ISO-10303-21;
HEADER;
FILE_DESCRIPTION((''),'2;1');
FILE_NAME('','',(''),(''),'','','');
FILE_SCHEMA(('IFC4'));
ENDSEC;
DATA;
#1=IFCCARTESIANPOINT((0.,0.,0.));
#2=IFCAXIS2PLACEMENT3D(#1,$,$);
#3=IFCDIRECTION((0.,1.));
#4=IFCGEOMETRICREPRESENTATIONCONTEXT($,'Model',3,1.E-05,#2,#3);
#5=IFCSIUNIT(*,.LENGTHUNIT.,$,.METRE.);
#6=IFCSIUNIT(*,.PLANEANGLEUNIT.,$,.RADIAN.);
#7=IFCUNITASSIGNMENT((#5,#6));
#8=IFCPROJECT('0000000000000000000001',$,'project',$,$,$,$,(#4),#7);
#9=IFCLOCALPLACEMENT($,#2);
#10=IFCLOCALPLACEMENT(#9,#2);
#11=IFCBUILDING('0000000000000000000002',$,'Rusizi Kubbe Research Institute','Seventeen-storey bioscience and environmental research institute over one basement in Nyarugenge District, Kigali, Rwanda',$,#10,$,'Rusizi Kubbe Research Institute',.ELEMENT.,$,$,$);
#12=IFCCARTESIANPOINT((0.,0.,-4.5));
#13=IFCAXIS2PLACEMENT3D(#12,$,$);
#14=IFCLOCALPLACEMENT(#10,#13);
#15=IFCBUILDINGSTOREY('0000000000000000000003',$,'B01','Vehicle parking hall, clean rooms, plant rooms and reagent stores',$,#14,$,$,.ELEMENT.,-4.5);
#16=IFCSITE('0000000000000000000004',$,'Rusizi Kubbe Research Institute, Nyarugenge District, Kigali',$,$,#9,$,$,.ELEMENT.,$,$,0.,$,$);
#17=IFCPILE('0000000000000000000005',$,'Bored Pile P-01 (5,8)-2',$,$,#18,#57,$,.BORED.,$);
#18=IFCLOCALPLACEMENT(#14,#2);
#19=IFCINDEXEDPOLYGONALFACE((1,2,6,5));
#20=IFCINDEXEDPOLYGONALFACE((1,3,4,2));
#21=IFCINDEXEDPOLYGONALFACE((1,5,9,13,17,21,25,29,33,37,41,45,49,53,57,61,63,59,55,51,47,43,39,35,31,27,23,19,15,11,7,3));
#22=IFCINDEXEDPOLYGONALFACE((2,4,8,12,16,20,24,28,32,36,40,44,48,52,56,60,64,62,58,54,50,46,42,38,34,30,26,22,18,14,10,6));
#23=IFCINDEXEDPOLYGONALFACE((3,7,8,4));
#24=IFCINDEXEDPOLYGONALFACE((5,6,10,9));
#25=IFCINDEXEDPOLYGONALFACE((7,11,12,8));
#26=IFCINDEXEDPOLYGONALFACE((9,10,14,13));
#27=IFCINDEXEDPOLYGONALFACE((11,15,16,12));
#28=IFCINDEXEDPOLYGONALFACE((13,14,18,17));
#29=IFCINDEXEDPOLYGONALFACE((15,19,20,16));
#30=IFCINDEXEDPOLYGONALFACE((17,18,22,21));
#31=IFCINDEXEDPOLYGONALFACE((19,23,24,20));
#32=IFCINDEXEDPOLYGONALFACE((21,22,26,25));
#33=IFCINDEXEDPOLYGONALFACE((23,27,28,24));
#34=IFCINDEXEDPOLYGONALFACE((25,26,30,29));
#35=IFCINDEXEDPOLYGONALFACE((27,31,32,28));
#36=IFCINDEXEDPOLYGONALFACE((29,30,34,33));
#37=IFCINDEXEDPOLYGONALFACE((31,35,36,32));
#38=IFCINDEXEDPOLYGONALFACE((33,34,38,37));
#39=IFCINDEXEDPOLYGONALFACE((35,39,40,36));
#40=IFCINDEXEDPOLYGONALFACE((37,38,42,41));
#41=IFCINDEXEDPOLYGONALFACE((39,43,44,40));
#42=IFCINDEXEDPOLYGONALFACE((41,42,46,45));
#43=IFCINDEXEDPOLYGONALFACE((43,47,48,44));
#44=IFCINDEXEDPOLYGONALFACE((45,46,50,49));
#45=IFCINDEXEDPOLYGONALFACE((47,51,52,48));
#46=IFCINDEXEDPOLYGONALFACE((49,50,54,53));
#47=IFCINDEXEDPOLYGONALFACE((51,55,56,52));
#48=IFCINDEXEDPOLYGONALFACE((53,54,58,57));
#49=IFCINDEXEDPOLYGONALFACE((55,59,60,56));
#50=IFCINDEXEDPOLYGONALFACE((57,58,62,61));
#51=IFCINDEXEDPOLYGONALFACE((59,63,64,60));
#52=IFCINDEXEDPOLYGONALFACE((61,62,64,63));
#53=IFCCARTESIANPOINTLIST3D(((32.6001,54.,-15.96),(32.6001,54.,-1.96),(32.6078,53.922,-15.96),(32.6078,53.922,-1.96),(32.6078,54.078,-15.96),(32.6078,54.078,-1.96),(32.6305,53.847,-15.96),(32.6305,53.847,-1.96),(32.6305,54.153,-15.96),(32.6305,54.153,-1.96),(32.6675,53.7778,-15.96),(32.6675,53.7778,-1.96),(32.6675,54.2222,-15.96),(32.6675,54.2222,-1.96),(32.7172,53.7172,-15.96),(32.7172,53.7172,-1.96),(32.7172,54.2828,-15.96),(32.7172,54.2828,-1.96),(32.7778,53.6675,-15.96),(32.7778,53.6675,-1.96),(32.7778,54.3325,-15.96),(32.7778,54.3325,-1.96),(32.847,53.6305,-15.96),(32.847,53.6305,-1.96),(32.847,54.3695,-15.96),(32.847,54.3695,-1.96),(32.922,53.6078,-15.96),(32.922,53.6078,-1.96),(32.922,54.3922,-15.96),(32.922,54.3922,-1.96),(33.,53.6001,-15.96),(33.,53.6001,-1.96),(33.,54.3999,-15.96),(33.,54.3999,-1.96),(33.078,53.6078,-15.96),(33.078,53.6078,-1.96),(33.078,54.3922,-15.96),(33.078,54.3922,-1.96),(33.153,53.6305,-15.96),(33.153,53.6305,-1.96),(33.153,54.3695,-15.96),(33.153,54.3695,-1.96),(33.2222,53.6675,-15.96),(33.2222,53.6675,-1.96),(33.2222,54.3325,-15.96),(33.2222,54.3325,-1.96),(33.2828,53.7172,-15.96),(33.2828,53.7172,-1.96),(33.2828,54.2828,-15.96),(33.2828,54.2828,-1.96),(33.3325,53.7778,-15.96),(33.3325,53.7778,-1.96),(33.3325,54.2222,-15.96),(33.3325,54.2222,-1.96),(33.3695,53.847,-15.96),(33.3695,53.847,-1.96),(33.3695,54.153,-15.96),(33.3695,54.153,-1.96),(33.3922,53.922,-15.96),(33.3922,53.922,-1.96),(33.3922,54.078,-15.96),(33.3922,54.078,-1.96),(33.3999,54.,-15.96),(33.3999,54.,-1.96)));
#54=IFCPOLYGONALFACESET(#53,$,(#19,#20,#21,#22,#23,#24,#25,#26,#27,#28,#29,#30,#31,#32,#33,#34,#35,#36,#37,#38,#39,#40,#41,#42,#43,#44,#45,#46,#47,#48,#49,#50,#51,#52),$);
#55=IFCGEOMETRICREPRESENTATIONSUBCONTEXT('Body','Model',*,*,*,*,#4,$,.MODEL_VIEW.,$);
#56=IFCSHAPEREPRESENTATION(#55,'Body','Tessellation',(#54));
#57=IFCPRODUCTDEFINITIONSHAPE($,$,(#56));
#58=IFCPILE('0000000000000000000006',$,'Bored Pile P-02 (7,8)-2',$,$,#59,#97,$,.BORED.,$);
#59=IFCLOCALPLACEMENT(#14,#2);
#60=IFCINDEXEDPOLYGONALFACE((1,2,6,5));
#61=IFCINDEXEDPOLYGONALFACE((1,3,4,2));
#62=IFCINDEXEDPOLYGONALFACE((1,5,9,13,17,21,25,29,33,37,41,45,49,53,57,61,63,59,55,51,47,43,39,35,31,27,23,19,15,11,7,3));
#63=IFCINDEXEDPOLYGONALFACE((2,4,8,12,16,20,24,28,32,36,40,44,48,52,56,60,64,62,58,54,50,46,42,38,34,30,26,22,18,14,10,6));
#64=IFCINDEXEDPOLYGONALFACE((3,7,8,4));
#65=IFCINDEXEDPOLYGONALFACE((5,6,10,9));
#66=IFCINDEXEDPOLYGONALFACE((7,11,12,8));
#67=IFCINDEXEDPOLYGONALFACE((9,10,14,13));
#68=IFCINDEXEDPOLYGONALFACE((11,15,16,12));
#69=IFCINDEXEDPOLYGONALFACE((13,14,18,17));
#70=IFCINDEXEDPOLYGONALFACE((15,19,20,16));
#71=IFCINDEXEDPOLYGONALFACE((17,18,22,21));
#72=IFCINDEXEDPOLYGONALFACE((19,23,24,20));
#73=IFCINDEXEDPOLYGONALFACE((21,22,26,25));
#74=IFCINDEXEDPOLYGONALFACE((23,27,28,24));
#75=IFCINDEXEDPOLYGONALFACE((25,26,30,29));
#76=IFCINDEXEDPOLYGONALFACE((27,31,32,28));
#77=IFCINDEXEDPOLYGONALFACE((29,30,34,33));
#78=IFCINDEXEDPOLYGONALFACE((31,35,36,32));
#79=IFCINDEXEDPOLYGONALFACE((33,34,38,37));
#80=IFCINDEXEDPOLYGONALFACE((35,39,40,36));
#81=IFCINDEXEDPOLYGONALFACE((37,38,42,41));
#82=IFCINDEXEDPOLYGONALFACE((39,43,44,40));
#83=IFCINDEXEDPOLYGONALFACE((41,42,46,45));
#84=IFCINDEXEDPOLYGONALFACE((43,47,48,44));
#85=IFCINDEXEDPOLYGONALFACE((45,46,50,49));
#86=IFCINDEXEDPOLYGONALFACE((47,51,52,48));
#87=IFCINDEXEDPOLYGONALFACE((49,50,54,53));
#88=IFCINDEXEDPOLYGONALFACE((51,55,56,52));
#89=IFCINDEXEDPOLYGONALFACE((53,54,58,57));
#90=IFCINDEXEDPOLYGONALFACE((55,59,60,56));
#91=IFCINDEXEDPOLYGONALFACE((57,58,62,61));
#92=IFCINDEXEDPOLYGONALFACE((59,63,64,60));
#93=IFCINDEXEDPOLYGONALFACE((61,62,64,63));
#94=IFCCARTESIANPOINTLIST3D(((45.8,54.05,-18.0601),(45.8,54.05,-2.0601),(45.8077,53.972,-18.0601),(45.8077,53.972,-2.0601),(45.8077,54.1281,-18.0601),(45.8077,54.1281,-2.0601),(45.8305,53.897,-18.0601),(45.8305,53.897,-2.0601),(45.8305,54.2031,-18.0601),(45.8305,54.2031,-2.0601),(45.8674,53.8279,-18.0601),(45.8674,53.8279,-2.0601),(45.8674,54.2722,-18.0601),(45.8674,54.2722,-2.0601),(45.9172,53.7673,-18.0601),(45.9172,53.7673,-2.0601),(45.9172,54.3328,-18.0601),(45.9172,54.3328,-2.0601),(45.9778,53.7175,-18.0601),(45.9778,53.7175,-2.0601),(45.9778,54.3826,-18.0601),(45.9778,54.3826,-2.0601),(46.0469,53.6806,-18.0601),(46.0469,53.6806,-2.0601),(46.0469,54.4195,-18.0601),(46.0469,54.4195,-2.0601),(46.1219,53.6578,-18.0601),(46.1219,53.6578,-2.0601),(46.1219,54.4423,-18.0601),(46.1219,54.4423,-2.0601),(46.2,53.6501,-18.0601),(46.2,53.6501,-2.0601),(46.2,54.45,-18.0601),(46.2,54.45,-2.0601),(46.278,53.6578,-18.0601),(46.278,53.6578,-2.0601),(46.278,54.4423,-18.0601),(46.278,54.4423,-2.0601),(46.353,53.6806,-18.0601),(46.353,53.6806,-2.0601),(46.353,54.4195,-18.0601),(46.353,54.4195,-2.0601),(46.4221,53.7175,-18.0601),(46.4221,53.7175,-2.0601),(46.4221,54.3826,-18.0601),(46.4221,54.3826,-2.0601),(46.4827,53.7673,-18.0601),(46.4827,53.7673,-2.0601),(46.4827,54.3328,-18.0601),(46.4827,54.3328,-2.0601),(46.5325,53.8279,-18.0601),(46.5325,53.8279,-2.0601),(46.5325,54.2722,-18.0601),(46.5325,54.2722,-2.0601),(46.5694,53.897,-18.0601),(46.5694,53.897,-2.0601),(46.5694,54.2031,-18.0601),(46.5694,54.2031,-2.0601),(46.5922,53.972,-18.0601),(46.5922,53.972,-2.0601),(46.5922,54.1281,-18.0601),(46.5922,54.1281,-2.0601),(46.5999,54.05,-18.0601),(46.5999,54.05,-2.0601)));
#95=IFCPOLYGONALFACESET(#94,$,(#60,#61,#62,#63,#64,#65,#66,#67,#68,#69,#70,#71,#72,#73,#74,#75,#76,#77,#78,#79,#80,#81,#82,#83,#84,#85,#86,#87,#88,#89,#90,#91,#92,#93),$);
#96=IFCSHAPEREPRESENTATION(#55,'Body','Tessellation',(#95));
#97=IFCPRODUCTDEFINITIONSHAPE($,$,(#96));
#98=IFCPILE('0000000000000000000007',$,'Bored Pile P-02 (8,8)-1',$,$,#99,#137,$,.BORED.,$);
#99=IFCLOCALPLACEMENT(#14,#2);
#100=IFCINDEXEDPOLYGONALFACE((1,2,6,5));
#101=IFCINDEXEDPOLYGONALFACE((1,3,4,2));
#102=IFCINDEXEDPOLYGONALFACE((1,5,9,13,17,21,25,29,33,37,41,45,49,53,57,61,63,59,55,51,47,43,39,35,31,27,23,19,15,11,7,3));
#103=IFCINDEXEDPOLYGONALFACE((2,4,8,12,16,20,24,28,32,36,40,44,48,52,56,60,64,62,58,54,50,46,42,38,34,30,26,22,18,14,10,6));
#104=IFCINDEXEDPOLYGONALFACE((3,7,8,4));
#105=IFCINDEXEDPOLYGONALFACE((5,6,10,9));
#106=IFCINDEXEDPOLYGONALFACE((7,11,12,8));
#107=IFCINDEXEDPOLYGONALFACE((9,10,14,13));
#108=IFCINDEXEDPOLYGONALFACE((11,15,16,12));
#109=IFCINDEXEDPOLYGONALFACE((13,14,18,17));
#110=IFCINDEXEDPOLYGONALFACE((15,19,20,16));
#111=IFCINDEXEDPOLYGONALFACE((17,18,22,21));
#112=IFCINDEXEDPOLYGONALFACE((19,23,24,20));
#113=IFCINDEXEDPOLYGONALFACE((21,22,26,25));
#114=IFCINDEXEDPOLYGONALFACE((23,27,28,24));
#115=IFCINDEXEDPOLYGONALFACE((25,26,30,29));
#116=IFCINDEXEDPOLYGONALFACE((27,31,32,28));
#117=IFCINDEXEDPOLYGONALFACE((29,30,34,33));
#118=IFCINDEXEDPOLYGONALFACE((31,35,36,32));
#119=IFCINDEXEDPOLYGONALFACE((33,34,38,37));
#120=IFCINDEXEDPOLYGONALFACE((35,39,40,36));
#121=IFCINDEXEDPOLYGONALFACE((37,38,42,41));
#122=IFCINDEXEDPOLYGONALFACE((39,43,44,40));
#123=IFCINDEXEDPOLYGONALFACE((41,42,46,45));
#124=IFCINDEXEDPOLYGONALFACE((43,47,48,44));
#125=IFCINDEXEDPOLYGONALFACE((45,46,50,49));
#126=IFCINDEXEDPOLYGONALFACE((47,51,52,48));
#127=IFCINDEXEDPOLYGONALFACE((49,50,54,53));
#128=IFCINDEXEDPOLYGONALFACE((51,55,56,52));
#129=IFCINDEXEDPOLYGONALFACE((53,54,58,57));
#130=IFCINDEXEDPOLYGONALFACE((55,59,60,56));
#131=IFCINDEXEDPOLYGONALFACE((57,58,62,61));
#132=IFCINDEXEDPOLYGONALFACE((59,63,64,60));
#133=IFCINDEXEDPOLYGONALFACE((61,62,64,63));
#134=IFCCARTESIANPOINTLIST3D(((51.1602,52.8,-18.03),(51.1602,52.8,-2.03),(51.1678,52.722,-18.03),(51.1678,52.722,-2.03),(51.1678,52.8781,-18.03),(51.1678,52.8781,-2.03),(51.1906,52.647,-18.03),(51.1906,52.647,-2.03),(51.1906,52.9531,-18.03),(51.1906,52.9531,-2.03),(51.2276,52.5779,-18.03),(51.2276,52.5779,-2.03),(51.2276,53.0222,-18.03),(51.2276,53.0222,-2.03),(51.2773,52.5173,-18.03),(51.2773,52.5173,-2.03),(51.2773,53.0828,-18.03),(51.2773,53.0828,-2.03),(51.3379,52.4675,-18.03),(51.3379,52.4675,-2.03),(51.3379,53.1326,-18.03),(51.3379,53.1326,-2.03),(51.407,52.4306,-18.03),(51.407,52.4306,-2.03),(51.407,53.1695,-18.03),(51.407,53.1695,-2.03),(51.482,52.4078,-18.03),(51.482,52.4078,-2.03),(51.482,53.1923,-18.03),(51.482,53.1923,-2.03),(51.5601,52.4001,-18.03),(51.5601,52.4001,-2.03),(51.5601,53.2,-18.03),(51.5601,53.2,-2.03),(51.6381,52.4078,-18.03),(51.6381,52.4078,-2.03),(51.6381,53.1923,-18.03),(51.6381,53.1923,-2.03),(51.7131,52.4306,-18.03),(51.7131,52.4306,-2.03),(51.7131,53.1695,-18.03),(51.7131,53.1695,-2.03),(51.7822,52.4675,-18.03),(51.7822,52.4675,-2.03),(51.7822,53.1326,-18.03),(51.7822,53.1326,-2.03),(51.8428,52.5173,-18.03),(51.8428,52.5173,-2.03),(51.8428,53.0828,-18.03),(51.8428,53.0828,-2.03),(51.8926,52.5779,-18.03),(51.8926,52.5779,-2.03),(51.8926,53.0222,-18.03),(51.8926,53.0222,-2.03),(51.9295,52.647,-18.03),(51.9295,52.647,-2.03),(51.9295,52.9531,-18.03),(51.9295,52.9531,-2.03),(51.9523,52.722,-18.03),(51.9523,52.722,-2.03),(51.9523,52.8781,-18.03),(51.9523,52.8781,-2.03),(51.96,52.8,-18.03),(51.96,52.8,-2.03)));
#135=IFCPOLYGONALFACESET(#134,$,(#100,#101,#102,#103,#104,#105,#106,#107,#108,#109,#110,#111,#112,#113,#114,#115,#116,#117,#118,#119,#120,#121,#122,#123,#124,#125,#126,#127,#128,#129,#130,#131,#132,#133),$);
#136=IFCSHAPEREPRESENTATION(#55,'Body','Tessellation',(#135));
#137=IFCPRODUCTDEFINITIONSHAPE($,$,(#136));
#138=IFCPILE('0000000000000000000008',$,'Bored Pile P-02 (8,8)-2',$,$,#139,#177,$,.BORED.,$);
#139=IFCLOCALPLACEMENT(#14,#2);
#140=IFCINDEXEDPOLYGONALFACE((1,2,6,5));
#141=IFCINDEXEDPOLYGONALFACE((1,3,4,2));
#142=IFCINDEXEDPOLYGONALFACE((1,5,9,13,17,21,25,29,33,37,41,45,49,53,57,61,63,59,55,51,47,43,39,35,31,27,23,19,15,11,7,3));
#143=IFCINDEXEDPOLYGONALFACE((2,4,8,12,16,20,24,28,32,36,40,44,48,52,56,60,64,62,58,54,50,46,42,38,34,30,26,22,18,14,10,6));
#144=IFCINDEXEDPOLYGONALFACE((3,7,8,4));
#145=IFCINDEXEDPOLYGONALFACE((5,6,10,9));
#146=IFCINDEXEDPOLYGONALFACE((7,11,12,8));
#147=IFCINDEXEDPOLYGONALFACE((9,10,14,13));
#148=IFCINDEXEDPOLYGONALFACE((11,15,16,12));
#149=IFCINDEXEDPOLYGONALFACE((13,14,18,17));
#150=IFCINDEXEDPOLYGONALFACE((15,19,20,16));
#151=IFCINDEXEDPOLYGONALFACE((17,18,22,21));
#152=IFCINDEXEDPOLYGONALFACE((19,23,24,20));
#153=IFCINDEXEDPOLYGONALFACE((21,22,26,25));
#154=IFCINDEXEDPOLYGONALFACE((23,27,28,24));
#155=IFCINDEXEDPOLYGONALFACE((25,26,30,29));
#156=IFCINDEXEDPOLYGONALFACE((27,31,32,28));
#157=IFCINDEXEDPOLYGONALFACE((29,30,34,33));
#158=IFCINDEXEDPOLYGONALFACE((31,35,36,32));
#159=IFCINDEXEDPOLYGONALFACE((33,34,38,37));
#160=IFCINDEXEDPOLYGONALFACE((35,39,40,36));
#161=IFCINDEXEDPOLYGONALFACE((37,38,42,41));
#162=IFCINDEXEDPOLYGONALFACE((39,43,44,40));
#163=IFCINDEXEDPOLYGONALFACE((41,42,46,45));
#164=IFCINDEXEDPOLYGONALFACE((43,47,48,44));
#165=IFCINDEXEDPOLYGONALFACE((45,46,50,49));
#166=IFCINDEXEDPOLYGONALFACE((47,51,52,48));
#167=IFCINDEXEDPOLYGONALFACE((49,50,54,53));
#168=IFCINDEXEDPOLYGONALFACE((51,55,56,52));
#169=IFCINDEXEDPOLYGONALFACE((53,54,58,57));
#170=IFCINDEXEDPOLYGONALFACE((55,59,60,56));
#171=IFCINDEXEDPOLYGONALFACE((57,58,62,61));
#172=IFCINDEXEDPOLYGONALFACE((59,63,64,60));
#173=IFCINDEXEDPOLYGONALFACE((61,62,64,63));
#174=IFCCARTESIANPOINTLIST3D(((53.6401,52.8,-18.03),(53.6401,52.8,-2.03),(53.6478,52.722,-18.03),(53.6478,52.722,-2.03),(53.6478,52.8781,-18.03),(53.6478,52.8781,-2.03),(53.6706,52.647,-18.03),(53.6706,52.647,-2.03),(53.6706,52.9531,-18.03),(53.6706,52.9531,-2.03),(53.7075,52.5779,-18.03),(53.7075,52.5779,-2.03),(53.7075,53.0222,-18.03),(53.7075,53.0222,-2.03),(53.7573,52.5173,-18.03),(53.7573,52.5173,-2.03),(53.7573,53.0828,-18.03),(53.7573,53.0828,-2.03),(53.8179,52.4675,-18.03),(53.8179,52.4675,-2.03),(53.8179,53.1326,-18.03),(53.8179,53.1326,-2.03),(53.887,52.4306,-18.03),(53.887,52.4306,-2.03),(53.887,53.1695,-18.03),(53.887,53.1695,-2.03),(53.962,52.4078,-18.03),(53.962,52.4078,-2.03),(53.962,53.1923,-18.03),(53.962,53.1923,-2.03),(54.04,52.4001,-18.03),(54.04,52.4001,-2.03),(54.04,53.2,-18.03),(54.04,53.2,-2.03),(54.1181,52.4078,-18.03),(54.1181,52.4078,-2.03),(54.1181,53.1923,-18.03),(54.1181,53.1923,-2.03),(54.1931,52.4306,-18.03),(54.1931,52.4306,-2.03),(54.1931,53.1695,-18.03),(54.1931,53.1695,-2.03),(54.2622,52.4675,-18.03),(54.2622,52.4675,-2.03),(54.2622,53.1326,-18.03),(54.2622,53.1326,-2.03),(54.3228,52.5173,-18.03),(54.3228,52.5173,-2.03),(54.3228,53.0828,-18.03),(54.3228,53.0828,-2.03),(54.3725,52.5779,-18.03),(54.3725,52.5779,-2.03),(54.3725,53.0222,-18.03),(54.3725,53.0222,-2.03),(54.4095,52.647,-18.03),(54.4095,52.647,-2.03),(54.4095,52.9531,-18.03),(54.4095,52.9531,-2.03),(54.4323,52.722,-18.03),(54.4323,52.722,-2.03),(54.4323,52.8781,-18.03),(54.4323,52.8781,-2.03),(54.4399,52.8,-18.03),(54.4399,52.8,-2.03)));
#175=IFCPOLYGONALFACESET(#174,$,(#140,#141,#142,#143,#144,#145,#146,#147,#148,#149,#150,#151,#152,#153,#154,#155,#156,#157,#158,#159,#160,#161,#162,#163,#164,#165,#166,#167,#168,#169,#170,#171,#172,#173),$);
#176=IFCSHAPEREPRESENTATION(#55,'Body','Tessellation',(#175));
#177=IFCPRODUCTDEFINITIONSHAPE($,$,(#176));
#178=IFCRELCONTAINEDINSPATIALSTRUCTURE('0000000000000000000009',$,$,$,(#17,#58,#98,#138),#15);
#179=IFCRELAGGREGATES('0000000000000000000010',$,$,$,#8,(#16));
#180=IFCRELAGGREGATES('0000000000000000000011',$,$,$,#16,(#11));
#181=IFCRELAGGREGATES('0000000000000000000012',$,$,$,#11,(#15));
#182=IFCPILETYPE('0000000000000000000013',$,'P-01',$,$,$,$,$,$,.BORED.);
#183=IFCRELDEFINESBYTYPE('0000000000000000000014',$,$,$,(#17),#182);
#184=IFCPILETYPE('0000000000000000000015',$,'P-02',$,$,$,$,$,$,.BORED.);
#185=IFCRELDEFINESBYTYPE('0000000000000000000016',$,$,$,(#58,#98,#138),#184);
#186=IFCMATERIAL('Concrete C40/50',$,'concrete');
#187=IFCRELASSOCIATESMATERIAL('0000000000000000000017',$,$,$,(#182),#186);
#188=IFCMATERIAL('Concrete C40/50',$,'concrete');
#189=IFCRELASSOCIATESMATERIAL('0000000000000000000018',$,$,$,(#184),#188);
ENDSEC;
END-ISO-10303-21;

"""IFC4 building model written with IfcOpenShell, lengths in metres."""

from ifc_helpers import new_model, si_unit, direction, frame, origin, origin_2d, place, context, subcontext, project, spatial, circle, extrude, material, material_profile, profile_set, type_object, element, save


model = new_model("IFC4")

# Units and contexts
model_context = context("Model", 3, precision=1e-05, world=origin(), true_north=direction((0.0, 1.0)))
body_context = subcontext(model_context, "Body", "Model", "MODEL_VIEW")
ifc_project = project(units=[si_unit("LENGTHUNIT", "METRE"), si_unit("PLANEANGLEUNIT", "RADIAN")], contexts=[model_context])

# Site, building, storey
site_placement = place(None, origin())
site = spatial("IfcSite", under=ifc_project, at=site_placement, Name="Rusizi Kubbe Research Institute, Nyarugenge District, Kigali", CompositionType="ELEMENT", RefElevation=0.0)
building_placement = place(site_placement, origin())
building = spatial("IfcBuilding", under=site, at=building_placement, Name="Rusizi Kubbe Research Institute", Description="Seventeen-storey bioscience and environmental research institute over one basement in Nyarugenge District, Kigali, Rwanda", LongName="Rusizi Kubbe Research Institute", CompositionType="ELEMENT")
storey_placement = place(building_placement, frame((0.0, 0.0, -4.5)))
storey = spatial("IfcBuildingStorey", under=building, at=storey_placement, Name="B01", Description="Vehicle parking hall, clean rooms, plant rooms and reagent stores", CompositionType="ELEMENT", Elevation=-4.5)

# Piles
ifc_material_1 = material(Name="Concrete C40/50", Category="concrete")
ifc_material_profile_1 = material_profile(ifc_material_1, circle(Radius=0.3999, at=origin_2d()), Name="PILE-D800")
ifc_profile_set_1 = profile_set([ifc_material_profile_1], Name="Concrete C40/50")
pile_type_1 = type_object("IfcPileType", Name="P-01", PredefinedType="BORED", material=ifc_profile_set_1)
pile_1_placement = place(storey_placement, frame((33.0, 54.0, -1.96), z_axis=(0.0, 0.0, -1.0), x_axis=(1.0, 0.0, 0.0)))
element("IfcPile", 1, at=pile_1_placement, inside=storey, type_object=pile_type_1, Name="Bored Pile P-01 (5,8)-2", PredefinedType="BORED", context=body_context, shape_type="SweptSolid", body=[
    extrude(circle(Radius=0.3999, at=origin_2d()), origin(), (0.0, 0.0, 1.0), 14.0),
])
ifc_material_2 = material(Name="Concrete C40/50", Category="concrete")
ifc_material_profile_2 = material_profile(ifc_material_2, circle(Radius=0.3999, at=origin_2d()), Name="PILE-D800")
ifc_profile_set_2 = profile_set([ifc_material_profile_2], Name="Concrete C40/50")
pile_type_2 = type_object("IfcPileType", Name="P-02", PredefinedType="BORED", material=ifc_profile_set_2)
for number, where, z_axis, x_axis, name in (
    (2, (46.2, 54.05, -2.0601), (0.0, 0.0, -1.0), (1.0, 0.0, 0.0), "Bored Pile P-02 (7,8)-2"),
    (3, (51.5601, 52.8, -2.03), (0.0, 0.0, -1.0), (1.0, 0.0, 0.0), "Bored Pile P-02 (8,8)-1"),
    (4, (54.04, 52.8, -2.03), (0.0, 0.0, -1.0), (1.0, 0.0, 0.0), "Bored Pile P-02 (8,8)-2"),
):
    element("IfcPile", number, at=place(storey_placement, frame(where, z_axis=z_axis, x_axis=x_axis)), inside=storey, type_object=pile_type_2, Name=name, PredefinedType="BORED", context=body_context, shape_type="SweptSolid", body=[
        extrude(circle(Radius=0.3999, at=origin_2d()), origin(), (0.0, 0.0, 1.0), 16.0),
    ])

save(model, "model.ifc")
